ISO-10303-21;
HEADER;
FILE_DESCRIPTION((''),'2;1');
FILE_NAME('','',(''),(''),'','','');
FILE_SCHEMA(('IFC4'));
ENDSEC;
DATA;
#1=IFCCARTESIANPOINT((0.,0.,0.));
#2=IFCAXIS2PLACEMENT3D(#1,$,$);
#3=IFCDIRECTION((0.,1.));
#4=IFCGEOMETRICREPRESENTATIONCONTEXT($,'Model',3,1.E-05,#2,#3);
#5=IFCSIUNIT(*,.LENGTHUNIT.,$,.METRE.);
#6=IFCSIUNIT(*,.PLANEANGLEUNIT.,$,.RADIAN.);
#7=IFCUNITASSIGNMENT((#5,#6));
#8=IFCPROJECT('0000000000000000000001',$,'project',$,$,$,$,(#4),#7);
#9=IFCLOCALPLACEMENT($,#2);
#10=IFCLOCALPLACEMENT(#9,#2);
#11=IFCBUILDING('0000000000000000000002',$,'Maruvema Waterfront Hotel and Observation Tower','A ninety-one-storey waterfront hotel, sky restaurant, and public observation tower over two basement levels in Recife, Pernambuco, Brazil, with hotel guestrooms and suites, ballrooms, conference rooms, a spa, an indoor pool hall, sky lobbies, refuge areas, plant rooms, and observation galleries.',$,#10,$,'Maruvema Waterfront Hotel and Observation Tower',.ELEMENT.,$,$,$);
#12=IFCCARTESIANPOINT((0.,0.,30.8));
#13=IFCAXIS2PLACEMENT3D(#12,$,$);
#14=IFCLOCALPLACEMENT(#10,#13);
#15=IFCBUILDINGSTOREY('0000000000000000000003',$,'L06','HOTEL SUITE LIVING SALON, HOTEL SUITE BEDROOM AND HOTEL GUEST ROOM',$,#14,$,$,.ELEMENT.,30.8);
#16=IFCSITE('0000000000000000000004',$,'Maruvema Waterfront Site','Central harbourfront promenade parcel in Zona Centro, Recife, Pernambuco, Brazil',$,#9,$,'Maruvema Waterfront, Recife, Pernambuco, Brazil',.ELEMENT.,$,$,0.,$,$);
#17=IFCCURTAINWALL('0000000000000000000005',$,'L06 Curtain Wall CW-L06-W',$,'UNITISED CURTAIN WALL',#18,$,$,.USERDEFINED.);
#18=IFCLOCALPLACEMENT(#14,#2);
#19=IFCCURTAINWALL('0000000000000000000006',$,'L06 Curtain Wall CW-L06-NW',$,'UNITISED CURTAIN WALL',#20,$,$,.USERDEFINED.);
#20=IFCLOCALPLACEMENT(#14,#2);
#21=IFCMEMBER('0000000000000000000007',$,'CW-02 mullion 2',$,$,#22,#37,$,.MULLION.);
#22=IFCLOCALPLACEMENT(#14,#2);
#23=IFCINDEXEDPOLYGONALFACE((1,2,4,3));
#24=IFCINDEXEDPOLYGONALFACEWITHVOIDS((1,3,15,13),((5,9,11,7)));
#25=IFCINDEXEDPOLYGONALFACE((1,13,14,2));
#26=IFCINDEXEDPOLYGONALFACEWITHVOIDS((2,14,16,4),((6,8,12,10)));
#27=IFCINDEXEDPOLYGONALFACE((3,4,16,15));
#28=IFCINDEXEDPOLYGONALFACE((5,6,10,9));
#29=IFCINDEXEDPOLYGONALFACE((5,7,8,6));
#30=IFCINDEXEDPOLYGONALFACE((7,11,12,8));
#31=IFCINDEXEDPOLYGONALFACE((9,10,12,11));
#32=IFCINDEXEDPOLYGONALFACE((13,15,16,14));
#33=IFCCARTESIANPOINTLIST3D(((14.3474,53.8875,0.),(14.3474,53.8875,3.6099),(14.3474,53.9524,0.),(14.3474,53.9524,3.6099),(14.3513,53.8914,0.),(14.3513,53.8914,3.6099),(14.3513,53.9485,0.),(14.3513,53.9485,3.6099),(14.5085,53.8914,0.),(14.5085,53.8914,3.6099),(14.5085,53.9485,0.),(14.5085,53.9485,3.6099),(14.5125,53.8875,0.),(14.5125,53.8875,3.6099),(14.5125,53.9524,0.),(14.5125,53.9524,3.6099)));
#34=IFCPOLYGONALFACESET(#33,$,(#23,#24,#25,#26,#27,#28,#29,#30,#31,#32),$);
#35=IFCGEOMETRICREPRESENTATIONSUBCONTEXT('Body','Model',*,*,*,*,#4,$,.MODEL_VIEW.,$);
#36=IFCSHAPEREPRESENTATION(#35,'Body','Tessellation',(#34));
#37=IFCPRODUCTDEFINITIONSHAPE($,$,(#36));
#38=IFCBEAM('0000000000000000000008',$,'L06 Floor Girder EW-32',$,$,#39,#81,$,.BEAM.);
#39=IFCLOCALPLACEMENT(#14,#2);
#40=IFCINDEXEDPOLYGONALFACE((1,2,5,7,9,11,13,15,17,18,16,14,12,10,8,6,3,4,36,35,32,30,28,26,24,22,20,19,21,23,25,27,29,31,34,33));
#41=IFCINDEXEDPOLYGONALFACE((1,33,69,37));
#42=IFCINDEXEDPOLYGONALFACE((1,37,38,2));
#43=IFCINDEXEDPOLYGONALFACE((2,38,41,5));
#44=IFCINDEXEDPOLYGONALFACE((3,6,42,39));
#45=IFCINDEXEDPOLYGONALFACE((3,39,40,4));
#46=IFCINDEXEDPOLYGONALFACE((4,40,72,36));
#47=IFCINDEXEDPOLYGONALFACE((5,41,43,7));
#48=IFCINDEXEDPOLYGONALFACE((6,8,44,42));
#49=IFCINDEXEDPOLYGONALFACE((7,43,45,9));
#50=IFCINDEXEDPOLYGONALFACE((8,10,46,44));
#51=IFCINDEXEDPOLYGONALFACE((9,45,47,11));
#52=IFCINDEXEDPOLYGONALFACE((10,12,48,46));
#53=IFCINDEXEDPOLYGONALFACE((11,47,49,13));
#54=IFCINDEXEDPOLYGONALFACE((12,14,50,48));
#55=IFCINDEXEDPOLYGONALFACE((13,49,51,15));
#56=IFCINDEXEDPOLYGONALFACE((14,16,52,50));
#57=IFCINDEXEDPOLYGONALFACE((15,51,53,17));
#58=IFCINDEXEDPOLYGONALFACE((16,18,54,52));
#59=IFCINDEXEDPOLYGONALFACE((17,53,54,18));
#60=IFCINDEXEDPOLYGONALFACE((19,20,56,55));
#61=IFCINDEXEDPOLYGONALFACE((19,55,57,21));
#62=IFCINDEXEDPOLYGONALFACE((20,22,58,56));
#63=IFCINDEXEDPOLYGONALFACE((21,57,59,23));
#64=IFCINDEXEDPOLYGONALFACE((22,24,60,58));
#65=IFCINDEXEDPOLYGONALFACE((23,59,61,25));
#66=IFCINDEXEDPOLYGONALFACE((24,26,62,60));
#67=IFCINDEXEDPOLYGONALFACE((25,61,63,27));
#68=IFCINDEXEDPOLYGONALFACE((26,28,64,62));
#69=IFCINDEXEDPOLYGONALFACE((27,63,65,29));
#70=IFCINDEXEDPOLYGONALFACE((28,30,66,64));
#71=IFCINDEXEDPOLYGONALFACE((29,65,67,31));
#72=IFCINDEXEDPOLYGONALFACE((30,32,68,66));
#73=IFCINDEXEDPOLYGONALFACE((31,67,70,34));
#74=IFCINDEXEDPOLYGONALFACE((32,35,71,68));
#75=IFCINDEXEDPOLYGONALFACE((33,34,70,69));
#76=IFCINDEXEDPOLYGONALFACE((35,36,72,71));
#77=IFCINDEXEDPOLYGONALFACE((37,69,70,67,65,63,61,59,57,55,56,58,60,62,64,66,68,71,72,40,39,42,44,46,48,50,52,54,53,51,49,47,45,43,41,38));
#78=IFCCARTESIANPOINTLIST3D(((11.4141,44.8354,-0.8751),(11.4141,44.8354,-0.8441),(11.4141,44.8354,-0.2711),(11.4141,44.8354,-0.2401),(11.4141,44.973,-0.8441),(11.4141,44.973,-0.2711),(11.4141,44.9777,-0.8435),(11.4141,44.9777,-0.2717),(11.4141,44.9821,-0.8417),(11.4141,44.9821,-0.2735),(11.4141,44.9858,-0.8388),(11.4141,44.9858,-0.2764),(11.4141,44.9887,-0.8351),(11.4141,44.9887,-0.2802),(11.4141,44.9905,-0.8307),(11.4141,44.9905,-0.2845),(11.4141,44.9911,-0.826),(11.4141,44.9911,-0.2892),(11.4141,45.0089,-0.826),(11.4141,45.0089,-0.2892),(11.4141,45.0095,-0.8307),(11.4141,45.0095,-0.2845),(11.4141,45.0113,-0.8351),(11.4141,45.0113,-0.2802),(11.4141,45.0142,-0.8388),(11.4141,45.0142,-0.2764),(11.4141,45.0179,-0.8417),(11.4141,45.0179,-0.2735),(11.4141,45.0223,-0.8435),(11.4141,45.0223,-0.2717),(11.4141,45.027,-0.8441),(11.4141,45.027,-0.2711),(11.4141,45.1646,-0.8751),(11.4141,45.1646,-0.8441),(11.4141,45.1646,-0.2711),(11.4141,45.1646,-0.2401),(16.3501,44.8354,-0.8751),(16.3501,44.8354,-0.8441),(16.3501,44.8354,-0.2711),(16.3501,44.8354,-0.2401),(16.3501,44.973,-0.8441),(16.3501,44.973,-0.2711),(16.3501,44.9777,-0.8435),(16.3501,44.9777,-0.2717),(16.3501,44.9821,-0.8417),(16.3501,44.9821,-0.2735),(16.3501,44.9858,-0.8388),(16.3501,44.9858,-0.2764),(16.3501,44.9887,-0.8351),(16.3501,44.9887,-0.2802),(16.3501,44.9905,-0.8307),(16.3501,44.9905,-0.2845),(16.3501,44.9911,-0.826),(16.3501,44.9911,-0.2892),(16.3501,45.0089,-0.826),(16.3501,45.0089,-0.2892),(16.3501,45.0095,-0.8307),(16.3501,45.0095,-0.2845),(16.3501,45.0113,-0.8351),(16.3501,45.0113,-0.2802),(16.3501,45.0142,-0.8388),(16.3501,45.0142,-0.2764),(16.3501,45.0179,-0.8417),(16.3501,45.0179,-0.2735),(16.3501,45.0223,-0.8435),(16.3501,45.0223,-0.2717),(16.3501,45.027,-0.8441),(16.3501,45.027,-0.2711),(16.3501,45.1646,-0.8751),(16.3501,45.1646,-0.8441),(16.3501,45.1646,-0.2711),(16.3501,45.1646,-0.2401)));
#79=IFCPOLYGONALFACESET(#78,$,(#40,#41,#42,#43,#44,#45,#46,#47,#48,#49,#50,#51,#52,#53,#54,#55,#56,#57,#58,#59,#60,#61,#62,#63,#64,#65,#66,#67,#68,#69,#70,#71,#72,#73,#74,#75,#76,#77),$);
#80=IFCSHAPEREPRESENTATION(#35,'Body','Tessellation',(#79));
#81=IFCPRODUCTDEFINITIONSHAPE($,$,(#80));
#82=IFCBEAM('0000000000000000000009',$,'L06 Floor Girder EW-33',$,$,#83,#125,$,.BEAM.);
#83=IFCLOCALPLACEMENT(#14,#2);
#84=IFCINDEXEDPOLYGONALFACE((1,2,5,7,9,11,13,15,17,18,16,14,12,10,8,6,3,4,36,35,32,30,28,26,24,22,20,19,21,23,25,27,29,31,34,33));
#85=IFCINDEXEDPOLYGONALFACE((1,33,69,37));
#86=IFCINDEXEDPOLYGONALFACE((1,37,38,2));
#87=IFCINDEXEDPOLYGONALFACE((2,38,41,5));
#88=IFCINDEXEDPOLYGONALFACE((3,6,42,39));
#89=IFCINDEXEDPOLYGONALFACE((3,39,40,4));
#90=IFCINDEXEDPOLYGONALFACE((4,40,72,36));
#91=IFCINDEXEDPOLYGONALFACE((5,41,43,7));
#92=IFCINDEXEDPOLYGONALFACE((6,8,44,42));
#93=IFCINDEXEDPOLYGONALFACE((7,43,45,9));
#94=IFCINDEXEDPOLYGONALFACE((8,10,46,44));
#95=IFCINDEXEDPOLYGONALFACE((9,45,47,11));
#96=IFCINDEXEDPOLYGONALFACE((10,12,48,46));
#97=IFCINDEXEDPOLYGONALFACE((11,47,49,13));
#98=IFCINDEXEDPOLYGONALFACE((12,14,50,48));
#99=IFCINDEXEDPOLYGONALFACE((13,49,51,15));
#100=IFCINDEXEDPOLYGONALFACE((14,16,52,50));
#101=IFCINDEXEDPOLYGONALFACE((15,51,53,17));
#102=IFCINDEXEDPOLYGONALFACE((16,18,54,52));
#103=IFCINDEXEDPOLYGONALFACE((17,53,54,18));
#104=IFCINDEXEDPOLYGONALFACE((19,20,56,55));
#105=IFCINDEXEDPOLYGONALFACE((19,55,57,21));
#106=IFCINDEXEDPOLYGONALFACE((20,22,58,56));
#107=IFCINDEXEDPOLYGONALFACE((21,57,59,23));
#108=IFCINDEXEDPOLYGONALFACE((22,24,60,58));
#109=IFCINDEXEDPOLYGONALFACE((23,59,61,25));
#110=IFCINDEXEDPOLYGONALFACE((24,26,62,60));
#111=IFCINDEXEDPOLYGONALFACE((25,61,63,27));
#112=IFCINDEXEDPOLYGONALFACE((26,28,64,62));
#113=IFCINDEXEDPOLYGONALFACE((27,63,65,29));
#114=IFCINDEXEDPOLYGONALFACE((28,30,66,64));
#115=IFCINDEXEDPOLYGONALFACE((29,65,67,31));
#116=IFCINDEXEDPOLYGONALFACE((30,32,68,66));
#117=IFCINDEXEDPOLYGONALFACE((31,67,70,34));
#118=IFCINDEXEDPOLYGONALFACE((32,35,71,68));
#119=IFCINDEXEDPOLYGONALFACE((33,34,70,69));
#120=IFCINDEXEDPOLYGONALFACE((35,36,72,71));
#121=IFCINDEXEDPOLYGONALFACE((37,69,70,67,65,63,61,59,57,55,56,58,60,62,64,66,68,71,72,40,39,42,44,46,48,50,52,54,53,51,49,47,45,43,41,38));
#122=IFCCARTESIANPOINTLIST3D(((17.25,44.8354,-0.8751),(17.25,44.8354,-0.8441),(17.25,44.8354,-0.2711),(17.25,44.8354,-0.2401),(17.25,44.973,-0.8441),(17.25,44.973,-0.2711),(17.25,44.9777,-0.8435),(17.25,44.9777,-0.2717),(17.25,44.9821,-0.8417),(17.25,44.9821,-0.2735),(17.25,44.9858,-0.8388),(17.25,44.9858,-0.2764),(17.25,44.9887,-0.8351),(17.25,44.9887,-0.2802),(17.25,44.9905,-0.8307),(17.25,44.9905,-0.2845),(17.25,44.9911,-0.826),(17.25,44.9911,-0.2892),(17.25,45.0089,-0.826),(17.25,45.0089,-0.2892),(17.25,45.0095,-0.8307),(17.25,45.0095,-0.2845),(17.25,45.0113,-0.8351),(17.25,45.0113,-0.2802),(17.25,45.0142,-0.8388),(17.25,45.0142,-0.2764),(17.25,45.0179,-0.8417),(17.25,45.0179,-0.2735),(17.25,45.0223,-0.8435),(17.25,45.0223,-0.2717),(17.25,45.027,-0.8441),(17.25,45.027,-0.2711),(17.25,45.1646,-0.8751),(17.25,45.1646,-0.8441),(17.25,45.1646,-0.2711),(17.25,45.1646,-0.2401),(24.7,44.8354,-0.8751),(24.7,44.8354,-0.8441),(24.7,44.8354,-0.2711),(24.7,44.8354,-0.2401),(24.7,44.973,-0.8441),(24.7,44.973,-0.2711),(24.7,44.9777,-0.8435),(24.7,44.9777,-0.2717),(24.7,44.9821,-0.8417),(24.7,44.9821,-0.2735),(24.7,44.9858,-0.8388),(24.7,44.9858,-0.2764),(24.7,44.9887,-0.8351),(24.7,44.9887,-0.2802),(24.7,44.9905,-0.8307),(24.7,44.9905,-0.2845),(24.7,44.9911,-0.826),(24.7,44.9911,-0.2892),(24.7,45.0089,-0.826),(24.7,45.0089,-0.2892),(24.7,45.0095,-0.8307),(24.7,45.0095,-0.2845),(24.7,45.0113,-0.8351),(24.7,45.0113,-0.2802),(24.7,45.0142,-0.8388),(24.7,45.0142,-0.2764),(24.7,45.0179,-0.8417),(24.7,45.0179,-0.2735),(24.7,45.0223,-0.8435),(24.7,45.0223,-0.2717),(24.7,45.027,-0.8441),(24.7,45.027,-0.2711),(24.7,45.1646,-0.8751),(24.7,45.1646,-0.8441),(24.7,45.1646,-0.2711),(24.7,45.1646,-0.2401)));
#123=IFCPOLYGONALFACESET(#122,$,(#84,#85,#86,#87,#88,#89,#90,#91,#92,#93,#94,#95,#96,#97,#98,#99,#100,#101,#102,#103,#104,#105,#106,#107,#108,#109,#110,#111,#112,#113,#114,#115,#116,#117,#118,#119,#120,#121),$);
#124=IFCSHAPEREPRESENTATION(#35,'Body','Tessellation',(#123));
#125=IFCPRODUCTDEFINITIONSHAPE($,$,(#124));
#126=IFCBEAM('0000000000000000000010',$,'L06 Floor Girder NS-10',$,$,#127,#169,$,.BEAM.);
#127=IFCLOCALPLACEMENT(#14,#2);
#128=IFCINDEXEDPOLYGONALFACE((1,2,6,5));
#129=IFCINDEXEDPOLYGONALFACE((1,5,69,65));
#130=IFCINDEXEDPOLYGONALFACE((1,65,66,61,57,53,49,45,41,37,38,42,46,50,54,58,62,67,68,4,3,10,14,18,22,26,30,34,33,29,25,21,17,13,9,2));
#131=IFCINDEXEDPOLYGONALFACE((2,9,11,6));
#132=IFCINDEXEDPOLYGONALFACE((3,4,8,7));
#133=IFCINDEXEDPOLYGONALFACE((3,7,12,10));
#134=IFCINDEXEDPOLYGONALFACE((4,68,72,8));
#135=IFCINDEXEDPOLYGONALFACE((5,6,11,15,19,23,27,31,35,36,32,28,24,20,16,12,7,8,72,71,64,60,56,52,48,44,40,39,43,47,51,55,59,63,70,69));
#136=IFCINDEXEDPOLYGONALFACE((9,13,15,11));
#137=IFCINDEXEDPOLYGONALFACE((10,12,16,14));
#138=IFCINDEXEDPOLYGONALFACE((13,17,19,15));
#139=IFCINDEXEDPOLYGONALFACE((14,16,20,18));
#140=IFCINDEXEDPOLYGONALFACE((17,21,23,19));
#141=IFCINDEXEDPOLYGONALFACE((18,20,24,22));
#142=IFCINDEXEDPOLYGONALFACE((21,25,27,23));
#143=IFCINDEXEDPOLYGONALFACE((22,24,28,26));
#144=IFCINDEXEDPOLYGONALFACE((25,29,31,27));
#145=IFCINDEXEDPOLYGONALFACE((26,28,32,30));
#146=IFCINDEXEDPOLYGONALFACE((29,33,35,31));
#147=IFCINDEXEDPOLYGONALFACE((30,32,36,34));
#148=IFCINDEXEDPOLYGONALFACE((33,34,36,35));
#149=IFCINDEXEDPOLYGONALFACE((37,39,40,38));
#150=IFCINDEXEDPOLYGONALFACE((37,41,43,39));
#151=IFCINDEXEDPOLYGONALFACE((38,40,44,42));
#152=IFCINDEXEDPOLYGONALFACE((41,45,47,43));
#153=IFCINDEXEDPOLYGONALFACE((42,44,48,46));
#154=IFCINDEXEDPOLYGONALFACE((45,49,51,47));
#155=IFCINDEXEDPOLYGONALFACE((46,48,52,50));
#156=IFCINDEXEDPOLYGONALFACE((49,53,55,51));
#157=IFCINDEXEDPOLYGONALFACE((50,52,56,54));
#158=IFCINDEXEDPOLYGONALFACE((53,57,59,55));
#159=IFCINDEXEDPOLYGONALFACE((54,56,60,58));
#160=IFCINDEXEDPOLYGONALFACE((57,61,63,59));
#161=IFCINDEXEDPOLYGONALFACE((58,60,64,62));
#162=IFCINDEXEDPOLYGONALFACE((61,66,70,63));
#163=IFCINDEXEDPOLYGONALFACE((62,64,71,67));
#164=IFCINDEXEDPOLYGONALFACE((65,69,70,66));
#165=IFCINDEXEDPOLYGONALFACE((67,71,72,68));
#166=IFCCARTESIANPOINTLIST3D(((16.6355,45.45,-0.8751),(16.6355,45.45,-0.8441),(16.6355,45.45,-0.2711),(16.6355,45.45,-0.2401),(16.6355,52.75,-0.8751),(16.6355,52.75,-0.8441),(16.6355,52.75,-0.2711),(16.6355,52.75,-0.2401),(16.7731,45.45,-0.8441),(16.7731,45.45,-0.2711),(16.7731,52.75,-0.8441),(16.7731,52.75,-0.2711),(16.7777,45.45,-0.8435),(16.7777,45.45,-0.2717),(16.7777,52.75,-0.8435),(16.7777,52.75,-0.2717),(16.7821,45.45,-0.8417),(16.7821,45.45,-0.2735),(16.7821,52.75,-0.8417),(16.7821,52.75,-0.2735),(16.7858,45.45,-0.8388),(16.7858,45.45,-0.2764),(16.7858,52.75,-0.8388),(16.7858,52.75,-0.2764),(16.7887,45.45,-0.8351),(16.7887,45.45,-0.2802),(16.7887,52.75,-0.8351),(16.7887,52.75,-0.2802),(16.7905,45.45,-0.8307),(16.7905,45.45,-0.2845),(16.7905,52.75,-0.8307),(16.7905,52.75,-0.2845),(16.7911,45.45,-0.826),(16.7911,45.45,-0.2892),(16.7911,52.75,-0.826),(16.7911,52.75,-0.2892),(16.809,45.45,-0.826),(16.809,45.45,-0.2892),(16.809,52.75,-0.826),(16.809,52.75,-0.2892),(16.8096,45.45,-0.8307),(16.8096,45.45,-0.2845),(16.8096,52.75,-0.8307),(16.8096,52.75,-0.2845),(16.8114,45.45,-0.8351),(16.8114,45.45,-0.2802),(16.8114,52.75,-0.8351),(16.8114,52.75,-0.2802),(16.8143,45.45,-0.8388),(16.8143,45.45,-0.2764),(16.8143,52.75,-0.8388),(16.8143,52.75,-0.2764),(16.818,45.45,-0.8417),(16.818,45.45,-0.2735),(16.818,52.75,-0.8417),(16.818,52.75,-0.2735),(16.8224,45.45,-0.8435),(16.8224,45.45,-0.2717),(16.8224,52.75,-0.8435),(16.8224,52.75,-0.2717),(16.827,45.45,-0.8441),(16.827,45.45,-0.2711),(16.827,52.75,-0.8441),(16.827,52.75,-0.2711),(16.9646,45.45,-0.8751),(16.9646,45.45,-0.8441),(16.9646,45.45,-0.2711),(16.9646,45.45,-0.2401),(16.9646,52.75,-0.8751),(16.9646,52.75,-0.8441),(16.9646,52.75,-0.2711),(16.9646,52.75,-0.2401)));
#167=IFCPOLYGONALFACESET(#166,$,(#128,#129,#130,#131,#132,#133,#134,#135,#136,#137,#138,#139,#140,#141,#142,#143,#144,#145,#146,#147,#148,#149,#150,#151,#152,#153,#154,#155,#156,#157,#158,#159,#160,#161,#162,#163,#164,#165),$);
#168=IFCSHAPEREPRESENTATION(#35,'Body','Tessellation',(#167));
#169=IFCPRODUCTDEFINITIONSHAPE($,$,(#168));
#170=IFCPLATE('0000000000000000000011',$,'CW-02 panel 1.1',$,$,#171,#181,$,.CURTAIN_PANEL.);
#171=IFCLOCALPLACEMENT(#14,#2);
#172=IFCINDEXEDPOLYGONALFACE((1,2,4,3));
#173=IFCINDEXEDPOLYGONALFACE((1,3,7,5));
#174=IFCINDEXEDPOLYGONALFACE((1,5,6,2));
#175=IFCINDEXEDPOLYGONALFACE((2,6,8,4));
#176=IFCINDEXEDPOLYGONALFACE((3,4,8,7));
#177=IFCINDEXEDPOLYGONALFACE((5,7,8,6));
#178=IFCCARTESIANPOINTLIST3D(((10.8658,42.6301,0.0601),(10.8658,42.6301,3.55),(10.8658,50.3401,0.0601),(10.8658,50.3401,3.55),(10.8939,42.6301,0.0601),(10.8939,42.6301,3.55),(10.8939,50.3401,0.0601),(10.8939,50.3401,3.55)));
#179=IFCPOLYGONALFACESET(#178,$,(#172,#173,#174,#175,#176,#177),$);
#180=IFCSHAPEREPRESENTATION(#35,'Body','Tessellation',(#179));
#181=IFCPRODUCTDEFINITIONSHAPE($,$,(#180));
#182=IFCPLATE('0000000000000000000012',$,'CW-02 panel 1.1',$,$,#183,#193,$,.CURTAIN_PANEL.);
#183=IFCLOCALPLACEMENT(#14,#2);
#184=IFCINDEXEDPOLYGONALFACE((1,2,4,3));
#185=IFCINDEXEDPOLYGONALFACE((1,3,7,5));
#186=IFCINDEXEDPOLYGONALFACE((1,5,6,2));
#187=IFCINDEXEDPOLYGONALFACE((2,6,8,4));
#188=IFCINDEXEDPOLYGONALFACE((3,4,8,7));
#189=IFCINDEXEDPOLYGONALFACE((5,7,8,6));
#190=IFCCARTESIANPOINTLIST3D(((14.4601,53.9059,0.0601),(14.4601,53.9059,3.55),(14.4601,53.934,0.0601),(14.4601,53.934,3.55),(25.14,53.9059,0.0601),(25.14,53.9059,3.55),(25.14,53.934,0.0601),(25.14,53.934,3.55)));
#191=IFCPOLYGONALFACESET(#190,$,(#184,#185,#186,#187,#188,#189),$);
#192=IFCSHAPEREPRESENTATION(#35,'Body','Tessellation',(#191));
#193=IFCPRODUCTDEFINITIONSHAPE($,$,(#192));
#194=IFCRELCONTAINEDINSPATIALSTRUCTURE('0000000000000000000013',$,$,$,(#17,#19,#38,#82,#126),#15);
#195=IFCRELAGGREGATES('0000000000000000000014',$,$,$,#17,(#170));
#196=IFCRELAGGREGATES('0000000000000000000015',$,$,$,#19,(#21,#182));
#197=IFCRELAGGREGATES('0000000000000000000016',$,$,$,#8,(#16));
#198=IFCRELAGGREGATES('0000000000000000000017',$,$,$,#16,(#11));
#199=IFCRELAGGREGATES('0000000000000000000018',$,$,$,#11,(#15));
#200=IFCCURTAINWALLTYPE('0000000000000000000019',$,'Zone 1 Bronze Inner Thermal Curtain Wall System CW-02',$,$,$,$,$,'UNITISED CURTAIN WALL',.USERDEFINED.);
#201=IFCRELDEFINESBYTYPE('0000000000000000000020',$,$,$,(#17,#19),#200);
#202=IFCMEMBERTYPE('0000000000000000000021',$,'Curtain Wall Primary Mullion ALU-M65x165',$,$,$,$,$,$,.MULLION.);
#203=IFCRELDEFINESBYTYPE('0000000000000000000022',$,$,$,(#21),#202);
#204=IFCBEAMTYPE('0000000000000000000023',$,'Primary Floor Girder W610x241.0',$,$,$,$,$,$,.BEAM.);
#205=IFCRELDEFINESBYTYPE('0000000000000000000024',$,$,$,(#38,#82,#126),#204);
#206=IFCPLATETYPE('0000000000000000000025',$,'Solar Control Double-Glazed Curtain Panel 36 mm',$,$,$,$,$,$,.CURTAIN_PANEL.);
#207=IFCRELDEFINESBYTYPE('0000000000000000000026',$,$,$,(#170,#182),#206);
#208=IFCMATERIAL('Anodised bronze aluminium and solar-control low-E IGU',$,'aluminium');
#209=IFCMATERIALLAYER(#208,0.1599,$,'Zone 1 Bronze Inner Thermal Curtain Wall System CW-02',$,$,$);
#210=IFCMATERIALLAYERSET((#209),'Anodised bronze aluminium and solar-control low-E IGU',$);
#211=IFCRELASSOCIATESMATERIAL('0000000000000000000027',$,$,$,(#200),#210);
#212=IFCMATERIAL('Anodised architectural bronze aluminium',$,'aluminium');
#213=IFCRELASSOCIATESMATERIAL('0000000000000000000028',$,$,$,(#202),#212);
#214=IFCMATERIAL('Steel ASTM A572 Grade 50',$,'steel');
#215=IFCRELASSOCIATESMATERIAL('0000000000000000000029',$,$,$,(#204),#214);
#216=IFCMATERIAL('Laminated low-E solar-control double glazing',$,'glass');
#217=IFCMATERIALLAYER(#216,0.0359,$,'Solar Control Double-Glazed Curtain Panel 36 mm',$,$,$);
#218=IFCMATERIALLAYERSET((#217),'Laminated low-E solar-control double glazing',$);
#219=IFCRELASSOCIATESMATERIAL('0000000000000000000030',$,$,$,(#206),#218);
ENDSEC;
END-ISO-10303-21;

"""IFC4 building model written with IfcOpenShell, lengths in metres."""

from ifc_helpers import new_model, si_unit, direction, frame, origin, origin_2d, place, context, subcontext, project, spatial, rectangle, hollow_rectangle, i_section, extrude, material, layer, layer_set, material_profile, profile_set, type_object, element, aggregate, save


model = new_model("IFC4")

# Units and contexts
model_context = context("Model", 3, precision=1e-05, world=origin(), true_north=direction((0.0, 1.0)))
body_context = subcontext(model_context, "Body", "Model", "MODEL_VIEW")
ifc_project = project(units=[si_unit("LENGTHUNIT", "METRE"), si_unit("PLANEANGLEUNIT", "RADIAN")], contexts=[model_context])

# Site, building, storey
site_placement = place(None, origin())
site = spatial("IfcSite", under=ifc_project, at=site_placement, Name="Maruvema Waterfront Site", Description="Central harbourfront promenade parcel in Zona Centro, Recife, Pernambuco, Brazil", LongName="Maruvema Waterfront, Recife, Pernambuco, Brazil", CompositionType="ELEMENT", RefElevation=0.0)
building_placement = place(site_placement, origin())
building = spatial("IfcBuilding", under=site, at=building_placement, Name="Maruvema Waterfront Hotel and Observation Tower", Description="A ninety-one-storey waterfront hotel, sky restaurant, and public observation tower over two basement levels in Recife, Pernambuco, Brazil, with hotel guestrooms and suites, ballrooms, conference rooms, a spa, an indoor pool hall, sky lobbies, refuge areas, plant rooms, and observation galleries.", LongName="Maruvema Waterfront Hotel and Observation Tower", CompositionType="ELEMENT")
storey_placement = place(building_placement, frame((0.0, 0.0, 30.8)))
storey = spatial("IfcBuildingStorey", under=building, at=storey_placement, Name="L06", Description="HOTEL SUITE LIVING SALON, HOTEL SUITE BEDROOM AND HOTEL GUEST ROOM", CompositionType="ELEMENT", Elevation=30.8)

# Curtain walls
ifc_material_1 = material(Name="Anodised bronze aluminium and solar-control low-E IGU", Category="aluminium")
ifc_layer_1 = layer(ifc_material_1, 0.1599, Name="Zone 1 Bronze Inner Thermal Curtain Wall System CW-02")
ifc_layer_set_1 = layer_set([ifc_layer_1], Name="Anodised bronze aluminium and solar-control low-E IGU")
curtain_wall_type = type_object("IfcCurtainWallType", Name="Zone 1 Bronze Inner Thermal Curtain Wall System CW-02", ElementType="UNITISED CURTAIN WALL", PredefinedType="USERDEFINED", material=ifc_layer_set_1)
curtain_wall_1_placement = place(storey_placement, origin())
curtain_wall_1 = element("IfcCurtainWall", 1, at=curtain_wall_1_placement, inside=storey, type_object=curtain_wall_type, Name="L06 Curtain Wall CW-L06-W", ObjectType="UNITISED CURTAIN WALL", PredefinedType="USERDEFINED")
curtain_wall_2_placement = place(storey_placement, origin())
curtain_wall_2 = element("IfcCurtainWall", 2, at=curtain_wall_2_placement, inside=storey, type_object=curtain_wall_type, Name="L06 Curtain Wall CW-L06-NW", ObjectType="UNITISED CURTAIN WALL", PredefinedType="USERDEFINED")

# Member
ifc_material_2 = material(Name="Anodised architectural bronze aluminium", Category="aluminium")
ifc_material_profile_1 = material_profile(ifc_material_2, hollow_rectangle(XDim=0.0649, YDim=0.165, WallThickness=0.0039, at=origin_2d()), Name="ALU-M65x165")
ifc_profile_set_1 = profile_set([ifc_material_profile_1], Name="Anodised architectural bronze aluminium")
member_type_1 = type_object("IfcMemberType", Name="Curtain Wall Primary Mullion ALU-M65x165", PredefinedType="MULLION", material=ifc_profile_set_1)
member_1_placement = place(storey_placement, frame((14.4299, 53.9199, 0.0), z_axis=(0.0, 0.0, 1.0), x_axis=(0.0, -1.0, 0.0)))
member_1 = element("IfcMember", 3, at=member_1_placement, type_object=member_type_1, Name="CW-02 mullion 2", PredefinedType="MULLION", context=body_context, shape_type="SweptSolid", body=[
    extrude(hollow_rectangle(XDim=0.0649, YDim=0.165, WallThickness=0.0039, at=origin_2d()), origin(), (0.0, 0.0, 1.0), 3.6099),
])

# Beams
ifc_material_3 = material(Name="Steel ASTM A572 Grade 50", Category="steel")
ifc_material_profile_2 = material_profile(ifc_material_3, i_section(OverallWidth=0.3291, OverallDepth=0.635, WebThickness=0.0178, FlangeThickness=0.031, FilletRadius=0.0181, at=origin_2d()), Name="W610x241.0")
ifc_profile_set_2 = profile_set([ifc_material_profile_2], Name="Steel ASTM A572 Grade 50")
beam_type = type_object("IfcBeamType", Name="Primary Floor Girder W610x241.0", PredefinedType="BEAM", material=ifc_profile_set_2)
beam_1_placement = place(storey_placement, frame((11.4141, 45.0, -0.5576), z_axis=(1.0, 0.0, 0.0), x_axis=(0.0, 1.0, 0.0)))
element("IfcBeam", 4, at=beam_1_placement, inside=storey, type_object=beam_type, Name="L06 Floor Girder EW-32", PredefinedType="BEAM", context=body_context, shape_type="SweptSolid", body=[
    extrude(i_section(OverallWidth=0.3291, OverallDepth=0.635, WebThickness=0.0178, FlangeThickness=0.031, FilletRadius=0.0181, at=origin_2d()), origin(), (0.0, 0.0, 1.0), 4.936),
])
beam_2_placement = place(storey_placement, frame((17.25, 45.0, -0.5576), z_axis=(1.0, 0.0, 0.0), x_axis=(0.0, 1.0, 0.0)))
element("IfcBeam", 5, at=beam_2_placement, inside=storey, type_object=beam_type, Name="L06 Floor Girder EW-33", PredefinedType="BEAM", context=body_context, shape_type="SweptSolid", body=[
    extrude(i_section(OverallWidth=0.3291, OverallDepth=0.635, WebThickness=0.0178, FlangeThickness=0.031, FilletRadius=0.0181, at=origin_2d()), origin(), (0.0, 0.0, 1.0), 7.45),
])
beam_3_placement = place(storey_placement, frame((16.8, 45.45, -0.5576), z_axis=(0.0, 1.0, 0.0), x_axis=(-1.0, 0.0, 0.0)))
element("IfcBeam", 6, at=beam_3_placement, inside=storey, type_object=beam_type, Name="L06 Floor Girder NS-10", PredefinedType="BEAM", context=body_context, shape_type="SweptSolid", body=[
    extrude(i_section(OverallWidth=0.3291, OverallDepth=0.635, WebThickness=0.0178, FlangeThickness=0.031, FilletRadius=0.0181, at=origin_2d()), origin(), (0.0, 0.0, 1.0), 7.3),
])

# Plates
ifc_material_4 = material(Name="Laminated low-E solar-control double glazing", Category="glass")
ifc_layer_2 = layer(ifc_material_4, 0.0359, Name="Solar Control Double-Glazed Curtain Panel 36 mm")
ifc_layer_set_2 = layer_set([ifc_layer_2], Name="Laminated low-E solar-control double glazing")
plate_type_1 = type_object("IfcPlateType", Name="Solar Control Double-Glazed Curtain Panel 36 mm", PredefinedType="CURTAIN_PANEL", material=ifc_layer_set_2)
plate_1_placement = place(storey_placement, frame((10.8799, 46.4851, 0.0601), z_axis=(0.0, 0.0, 1.0), x_axis=(0.0, -1.0, 0.0)))
plate_1 = element("IfcPlate", 7, at=plate_1_placement, type_object=plate_type_1, Name="CW-02 panel 1.1", PredefinedType="CURTAIN_PANEL", context=body_context, shape_type="SweptSolid", body=[
    extrude(rectangle(XDim=7.71, YDim=0.0281, at=origin_2d()), origin(), (0.0, 0.0, 1.0), 3.49),
])
aggregate(curtain_wall_1, [plate_1])
plate_2_placement = place(storey_placement, frame((19.8, 53.9199, 0.0601), z_axis=(0.0, 0.0, 1.0), x_axis=(-1.0, 0.0, 0.0)))
plate_2 = element("IfcPlate", 8, at=plate_2_placement, type_object=plate_type_1, Name="CW-02 panel 1.1", PredefinedType="CURTAIN_PANEL", context=body_context, shape_type="SweptSolid", body=[
    extrude(rectangle(XDim=10.6799, YDim=0.0281, at=origin_2d()), origin(), (0.0, 0.0, 1.0), 3.49),
])
aggregate(curtain_wall_2, [member_1, plate_2])

save(model, "model.ifc")
